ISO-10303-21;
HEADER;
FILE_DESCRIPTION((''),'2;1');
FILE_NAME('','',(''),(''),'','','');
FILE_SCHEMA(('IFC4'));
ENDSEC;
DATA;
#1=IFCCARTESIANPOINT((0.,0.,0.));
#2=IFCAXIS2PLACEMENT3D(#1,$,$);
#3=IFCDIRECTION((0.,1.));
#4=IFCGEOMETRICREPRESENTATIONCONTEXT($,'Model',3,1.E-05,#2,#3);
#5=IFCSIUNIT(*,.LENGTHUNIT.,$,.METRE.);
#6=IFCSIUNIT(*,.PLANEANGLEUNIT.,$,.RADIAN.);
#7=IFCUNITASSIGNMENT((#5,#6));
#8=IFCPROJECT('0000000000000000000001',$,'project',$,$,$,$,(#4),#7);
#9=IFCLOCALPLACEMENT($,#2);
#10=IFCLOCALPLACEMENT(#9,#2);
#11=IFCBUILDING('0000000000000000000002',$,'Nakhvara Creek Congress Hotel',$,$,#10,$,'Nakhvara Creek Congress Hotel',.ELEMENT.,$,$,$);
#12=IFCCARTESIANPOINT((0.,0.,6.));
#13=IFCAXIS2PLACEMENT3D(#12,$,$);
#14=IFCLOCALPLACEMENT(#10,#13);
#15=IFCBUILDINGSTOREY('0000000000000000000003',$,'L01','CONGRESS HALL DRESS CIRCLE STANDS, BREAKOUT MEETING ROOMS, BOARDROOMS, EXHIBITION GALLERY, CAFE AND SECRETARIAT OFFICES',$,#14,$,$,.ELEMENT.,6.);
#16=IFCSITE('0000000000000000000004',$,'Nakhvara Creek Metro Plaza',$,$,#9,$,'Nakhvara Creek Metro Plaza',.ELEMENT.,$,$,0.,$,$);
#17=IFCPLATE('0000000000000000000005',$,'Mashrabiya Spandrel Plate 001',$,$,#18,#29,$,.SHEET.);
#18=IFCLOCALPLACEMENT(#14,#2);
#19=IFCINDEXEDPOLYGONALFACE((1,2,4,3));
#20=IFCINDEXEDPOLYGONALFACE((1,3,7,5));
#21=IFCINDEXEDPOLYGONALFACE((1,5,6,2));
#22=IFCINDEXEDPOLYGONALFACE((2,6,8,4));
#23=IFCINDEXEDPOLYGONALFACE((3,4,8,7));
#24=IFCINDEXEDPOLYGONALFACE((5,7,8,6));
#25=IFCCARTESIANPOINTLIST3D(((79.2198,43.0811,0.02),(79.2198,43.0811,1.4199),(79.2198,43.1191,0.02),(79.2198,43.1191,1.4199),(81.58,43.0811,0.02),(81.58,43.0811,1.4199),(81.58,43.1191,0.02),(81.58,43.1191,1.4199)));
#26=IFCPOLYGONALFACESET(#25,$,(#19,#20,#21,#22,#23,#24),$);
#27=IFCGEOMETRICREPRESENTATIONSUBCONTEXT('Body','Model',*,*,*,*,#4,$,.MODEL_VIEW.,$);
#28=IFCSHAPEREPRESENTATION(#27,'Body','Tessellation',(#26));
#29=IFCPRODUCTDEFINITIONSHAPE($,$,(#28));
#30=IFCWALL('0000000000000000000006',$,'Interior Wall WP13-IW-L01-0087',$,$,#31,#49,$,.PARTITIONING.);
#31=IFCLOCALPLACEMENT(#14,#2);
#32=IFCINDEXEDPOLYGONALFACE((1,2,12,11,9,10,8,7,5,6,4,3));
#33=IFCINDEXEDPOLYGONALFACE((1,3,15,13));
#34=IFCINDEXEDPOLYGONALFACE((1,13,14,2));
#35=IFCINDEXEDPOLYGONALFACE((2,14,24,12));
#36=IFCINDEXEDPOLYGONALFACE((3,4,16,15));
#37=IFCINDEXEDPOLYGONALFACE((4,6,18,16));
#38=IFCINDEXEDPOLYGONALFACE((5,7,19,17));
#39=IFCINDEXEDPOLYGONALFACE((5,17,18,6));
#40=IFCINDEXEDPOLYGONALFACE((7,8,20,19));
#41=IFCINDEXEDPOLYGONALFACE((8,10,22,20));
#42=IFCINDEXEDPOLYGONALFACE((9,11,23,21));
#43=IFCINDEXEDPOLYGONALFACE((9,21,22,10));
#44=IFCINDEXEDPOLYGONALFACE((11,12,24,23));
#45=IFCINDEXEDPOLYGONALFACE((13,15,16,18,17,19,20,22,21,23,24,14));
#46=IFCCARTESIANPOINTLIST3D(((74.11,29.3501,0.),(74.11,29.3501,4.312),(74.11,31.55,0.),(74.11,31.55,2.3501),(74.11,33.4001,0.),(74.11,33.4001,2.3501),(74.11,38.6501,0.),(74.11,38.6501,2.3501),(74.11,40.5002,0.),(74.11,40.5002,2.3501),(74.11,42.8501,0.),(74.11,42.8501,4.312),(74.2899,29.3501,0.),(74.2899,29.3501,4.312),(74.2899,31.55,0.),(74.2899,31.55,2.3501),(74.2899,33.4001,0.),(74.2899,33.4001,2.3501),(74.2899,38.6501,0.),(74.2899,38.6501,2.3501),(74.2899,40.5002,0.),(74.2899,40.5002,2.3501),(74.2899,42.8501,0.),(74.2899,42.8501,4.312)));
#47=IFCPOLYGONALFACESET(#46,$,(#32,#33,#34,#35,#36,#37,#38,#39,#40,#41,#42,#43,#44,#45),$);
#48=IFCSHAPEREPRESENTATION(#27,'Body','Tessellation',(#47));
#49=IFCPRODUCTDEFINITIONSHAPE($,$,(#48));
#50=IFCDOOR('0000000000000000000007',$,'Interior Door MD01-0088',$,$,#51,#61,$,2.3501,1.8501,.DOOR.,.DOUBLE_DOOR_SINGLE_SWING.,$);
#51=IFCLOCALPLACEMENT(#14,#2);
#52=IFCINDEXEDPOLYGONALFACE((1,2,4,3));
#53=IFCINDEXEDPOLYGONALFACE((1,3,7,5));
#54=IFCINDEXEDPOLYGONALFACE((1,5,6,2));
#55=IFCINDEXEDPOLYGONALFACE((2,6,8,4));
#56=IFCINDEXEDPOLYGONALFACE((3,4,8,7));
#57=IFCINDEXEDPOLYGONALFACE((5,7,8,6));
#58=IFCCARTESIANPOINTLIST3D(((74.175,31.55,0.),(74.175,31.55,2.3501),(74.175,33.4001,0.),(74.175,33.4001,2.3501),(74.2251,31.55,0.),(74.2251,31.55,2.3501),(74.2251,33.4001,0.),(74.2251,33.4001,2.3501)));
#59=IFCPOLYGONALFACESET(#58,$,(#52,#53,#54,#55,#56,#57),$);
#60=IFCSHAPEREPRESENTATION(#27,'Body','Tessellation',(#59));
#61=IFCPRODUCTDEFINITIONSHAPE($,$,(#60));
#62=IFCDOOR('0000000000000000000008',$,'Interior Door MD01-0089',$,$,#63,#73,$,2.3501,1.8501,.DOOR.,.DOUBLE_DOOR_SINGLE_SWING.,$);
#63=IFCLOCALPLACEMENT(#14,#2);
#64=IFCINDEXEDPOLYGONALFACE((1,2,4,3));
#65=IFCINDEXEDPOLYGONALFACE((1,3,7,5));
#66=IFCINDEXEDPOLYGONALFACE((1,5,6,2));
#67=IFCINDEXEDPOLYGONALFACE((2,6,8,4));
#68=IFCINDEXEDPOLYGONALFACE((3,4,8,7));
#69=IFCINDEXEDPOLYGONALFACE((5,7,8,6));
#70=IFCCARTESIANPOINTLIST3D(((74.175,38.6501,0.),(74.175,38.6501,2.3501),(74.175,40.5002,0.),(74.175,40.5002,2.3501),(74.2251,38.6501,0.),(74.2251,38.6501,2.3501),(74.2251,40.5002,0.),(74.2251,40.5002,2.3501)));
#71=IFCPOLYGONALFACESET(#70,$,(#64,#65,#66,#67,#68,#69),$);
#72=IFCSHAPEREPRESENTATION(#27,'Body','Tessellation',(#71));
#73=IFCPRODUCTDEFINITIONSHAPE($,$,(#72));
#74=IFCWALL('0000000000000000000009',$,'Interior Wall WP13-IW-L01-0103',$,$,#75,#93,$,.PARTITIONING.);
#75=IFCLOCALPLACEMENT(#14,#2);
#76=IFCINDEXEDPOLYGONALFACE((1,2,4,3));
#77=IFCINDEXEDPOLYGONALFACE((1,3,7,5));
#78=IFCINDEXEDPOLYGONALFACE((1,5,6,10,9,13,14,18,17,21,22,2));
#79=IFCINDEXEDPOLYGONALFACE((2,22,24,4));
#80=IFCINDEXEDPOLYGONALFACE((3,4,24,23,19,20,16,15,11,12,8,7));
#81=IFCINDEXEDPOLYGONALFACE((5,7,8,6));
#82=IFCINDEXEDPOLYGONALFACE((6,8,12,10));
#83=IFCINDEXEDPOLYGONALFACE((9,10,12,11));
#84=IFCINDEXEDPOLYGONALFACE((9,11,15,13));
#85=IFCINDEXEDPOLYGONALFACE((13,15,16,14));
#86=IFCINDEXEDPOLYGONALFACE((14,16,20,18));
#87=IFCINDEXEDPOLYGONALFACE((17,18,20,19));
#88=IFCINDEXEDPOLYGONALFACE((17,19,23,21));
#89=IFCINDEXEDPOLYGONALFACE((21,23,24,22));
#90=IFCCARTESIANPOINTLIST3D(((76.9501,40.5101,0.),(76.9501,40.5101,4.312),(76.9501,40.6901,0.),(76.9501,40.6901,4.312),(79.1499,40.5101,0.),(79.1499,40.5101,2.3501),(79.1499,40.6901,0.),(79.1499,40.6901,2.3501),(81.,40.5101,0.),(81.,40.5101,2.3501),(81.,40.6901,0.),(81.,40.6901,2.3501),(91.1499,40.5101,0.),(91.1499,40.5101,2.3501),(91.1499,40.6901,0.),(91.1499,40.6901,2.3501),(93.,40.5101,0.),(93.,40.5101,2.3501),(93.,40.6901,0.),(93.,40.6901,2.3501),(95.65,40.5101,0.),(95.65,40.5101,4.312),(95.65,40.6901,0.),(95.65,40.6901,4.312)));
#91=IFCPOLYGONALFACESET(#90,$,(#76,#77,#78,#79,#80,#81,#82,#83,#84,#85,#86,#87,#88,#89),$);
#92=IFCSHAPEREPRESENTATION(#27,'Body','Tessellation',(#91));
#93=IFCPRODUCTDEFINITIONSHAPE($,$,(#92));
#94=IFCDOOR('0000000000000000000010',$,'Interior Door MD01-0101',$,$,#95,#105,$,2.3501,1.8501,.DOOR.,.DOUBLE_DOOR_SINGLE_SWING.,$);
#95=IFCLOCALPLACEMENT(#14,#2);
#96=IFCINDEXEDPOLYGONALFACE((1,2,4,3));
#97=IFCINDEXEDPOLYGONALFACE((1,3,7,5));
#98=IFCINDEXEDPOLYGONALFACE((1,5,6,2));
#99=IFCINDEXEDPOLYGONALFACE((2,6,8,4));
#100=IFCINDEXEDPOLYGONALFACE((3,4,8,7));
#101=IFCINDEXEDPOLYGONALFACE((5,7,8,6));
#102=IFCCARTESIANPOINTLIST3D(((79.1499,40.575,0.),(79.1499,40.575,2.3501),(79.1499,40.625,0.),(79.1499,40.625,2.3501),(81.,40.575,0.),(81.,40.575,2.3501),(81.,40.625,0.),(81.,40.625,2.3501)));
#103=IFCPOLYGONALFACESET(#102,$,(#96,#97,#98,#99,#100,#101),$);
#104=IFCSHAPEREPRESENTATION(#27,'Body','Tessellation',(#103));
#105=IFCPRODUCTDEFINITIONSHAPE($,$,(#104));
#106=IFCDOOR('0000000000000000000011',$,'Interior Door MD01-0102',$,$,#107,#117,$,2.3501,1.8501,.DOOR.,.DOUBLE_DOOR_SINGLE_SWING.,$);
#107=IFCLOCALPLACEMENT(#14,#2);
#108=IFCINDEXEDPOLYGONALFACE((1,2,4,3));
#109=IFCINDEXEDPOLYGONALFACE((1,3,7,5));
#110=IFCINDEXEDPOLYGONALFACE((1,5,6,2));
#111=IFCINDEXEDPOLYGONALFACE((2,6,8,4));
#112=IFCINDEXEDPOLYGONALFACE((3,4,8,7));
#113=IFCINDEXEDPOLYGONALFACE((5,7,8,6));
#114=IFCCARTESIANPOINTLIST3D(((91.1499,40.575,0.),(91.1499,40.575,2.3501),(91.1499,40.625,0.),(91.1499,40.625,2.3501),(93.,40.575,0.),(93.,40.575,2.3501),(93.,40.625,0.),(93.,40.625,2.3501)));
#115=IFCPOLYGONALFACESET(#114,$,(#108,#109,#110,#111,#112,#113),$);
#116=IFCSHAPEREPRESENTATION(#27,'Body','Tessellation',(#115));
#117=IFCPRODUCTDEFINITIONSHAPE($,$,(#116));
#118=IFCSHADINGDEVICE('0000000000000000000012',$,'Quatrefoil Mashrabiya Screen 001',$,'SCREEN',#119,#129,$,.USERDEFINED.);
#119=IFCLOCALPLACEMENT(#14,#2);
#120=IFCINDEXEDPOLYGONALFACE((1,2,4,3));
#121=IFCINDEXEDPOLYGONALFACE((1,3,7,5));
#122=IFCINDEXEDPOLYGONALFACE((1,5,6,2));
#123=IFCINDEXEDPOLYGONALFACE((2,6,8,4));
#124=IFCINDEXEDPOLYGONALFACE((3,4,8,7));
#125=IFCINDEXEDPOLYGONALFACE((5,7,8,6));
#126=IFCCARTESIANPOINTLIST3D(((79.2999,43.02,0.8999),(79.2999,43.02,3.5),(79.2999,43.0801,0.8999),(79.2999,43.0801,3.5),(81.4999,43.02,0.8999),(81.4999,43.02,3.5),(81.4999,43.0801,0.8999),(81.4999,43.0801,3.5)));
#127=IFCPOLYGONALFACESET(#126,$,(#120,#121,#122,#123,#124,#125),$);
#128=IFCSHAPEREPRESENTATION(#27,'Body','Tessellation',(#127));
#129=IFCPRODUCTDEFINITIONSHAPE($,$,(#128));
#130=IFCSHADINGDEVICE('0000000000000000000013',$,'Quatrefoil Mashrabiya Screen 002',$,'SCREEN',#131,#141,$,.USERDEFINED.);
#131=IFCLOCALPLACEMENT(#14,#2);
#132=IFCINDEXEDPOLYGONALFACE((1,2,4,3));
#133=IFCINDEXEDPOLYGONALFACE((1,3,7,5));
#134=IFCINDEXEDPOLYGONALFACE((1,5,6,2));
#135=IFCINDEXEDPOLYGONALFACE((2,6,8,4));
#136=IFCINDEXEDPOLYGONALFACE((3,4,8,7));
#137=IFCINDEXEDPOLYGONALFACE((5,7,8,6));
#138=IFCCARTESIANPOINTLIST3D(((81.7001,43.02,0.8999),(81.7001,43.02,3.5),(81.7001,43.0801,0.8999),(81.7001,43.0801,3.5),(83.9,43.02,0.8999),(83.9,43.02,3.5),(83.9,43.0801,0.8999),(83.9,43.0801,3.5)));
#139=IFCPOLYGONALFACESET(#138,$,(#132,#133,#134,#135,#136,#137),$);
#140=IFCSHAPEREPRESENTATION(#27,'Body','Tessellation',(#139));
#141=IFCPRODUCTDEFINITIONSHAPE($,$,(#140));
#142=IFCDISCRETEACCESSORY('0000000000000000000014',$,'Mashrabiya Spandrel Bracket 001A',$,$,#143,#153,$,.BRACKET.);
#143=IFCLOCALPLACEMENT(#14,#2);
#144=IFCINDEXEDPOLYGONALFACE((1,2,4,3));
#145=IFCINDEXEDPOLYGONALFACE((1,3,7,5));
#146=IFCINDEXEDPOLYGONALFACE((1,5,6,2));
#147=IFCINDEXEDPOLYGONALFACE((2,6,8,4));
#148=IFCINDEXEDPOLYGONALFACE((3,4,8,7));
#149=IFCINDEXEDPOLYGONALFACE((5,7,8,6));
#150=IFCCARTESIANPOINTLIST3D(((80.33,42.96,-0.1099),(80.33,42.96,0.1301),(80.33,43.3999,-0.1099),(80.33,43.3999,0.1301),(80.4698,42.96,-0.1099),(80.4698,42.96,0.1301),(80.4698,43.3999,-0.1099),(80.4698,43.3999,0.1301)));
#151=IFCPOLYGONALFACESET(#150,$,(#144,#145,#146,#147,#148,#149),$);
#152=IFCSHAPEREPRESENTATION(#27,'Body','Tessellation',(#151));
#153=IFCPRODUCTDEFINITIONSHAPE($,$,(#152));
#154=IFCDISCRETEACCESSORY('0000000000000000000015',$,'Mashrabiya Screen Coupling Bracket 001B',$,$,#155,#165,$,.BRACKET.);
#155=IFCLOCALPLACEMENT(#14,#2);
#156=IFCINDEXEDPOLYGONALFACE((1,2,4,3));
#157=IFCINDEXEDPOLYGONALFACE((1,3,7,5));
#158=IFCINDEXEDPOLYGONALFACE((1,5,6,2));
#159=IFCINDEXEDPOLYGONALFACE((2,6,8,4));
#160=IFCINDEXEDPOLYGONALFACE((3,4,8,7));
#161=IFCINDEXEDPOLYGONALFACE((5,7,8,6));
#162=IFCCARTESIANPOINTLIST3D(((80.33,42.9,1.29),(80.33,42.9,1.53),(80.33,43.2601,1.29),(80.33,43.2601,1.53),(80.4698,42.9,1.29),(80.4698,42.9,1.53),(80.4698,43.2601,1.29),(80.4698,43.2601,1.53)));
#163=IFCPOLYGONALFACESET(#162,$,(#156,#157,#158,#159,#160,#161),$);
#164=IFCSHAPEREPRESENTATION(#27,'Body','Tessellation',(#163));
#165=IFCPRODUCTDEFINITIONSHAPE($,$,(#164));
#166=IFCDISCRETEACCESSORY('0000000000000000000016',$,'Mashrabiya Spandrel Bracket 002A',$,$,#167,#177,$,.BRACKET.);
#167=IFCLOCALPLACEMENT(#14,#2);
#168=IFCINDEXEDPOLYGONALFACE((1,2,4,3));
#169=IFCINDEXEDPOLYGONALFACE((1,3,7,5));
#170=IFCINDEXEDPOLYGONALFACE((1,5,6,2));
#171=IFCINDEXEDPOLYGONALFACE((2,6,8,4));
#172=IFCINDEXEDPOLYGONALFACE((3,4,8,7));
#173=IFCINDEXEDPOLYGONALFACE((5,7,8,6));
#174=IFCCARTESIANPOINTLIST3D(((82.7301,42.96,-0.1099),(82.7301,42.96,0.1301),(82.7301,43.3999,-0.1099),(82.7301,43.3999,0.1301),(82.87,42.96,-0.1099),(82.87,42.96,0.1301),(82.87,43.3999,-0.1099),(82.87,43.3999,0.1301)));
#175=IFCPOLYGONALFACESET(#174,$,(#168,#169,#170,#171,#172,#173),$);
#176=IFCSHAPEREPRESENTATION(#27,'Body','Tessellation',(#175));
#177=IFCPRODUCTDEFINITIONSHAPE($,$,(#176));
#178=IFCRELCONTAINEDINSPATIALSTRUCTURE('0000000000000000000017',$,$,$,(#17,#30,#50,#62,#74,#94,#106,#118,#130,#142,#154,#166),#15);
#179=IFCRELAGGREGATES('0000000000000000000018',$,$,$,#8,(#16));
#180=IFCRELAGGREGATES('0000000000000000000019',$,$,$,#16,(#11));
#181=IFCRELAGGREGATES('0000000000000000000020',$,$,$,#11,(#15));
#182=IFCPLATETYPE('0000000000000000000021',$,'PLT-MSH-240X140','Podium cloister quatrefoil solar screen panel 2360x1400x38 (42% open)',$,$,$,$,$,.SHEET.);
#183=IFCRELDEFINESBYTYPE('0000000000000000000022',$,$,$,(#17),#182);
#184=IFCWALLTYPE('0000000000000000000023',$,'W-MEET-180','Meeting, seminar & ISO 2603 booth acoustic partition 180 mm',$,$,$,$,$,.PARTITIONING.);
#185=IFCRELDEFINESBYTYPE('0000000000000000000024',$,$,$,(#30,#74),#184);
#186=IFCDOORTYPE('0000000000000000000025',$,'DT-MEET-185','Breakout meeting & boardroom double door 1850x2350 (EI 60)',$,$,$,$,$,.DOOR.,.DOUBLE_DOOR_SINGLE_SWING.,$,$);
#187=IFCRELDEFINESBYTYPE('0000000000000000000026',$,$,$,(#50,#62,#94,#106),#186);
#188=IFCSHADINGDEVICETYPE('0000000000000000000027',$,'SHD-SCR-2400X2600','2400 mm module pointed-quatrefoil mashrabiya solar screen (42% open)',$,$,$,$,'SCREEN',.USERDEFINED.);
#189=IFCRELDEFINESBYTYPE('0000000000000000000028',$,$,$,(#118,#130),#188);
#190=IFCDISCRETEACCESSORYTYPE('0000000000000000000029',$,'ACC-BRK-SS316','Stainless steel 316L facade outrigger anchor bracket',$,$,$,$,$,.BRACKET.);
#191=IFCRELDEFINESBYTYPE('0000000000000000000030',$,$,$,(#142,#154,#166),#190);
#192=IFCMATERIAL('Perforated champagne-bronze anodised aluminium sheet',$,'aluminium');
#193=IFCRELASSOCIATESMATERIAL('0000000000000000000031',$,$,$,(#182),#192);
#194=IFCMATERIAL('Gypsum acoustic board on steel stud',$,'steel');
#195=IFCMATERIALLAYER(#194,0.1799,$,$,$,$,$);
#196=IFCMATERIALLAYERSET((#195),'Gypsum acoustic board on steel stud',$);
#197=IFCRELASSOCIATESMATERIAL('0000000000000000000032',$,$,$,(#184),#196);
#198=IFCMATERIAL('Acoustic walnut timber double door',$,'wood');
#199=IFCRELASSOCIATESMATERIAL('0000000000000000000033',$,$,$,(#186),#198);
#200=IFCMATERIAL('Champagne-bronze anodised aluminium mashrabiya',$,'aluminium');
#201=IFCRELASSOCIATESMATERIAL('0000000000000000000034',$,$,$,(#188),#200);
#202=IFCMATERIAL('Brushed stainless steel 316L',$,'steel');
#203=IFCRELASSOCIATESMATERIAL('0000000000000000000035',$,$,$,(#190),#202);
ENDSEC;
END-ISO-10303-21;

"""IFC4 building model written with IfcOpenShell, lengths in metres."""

from ifc_helpers import new_model, si_unit, direction, frame, frame_2d, origin, origin_2d, place, context, subcontext, project, spatial, rectangle, extrude, material, layer, layer_set, type_object, element, fill, save


model = new_model("IFC4")

# Units and contexts
model_context = context("Model", 3, precision=1e-05, world=origin(), true_north=direction((0.0, 1.0)))
body_context = subcontext(model_context, "Body", "Model", "MODEL_VIEW")
ifc_project = project(units=[si_unit("LENGTHUNIT", "METRE"), si_unit("PLANEANGLEUNIT", "RADIAN")], contexts=[model_context])

# Site, building, storey
site_placement = place(None, origin())
site = spatial("IfcSite", under=ifc_project, at=site_placement, Name="Nakhvara Creek Metro Plaza", LongName="Nakhvara Creek Metro Plaza", CompositionType="ELEMENT", RefElevation=0.0)
building_placement = place(site_placement, origin())
building = spatial("IfcBuilding", under=site, at=building_placement, Name="Nakhvara Creek Congress Hotel", LongName="Nakhvara Creek Congress Hotel", CompositionType="ELEMENT")
storey_placement = place(building_placement, frame((0.0, 0.0, 6.0)))
storey = spatial("IfcBuildingStorey", under=building, at=storey_placement, Name="L01", Description="CONGRESS HALL DRESS CIRCLE STANDS, BREAKOUT MEETING ROOMS, BOARDROOMS, EXHIBITION GALLERY, CAFE AND SECRETARIAT OFFICES", CompositionType="ELEMENT", Elevation=6.0)

# Plate
ifc_material_1 = material(Name="Perforated champagne-bronze anodised aluminium sheet", Category="aluminium")
plate_type_1 = type_object("IfcPlateType", Name="PLT-MSH-240X140", Description="Podium cloister quatrefoil solar screen panel 2360x1400x38 (42% open)", PredefinedType="SHEET", material=ifc_material_1)
plate_1_placement = place(storey_placement, frame((80.3999, 43.1001, 0.02), z_axis=(0.0, 0.0, 1.0), x_axis=(1.0, 0.0, 0.0)))
element("IfcPlate", 1, at=plate_1_placement, inside=storey, type_object=plate_type_1, Name="Mashrabiya Spandrel Plate 001", PredefinedType="SHEET", context=body_context, shape_type="SweptSolid", body=[
    extrude(rectangle(XDim=2.3601, YDim=0.0381, at=origin_2d()), origin(), (0.0, 0.0, 1.0), 1.3999),
])

# Walls, openings, doors
ifc_material_2 = material(Name="Gypsum acoustic board on steel stud", Category="steel")
ifc_layer = layer(ifc_material_2, 0.1799)
ifc_layer_set = layer_set([ifc_layer], Name="Gypsum acoustic board on steel stud")
wall_type = type_object("IfcWallType", Name="W-MEET-180", Description="Meeting, seminar & ISO 2603 booth acoustic partition 180 mm", PredefinedType="PARTITIONING", material=ifc_layer_set)
wall_1_placement = place(storey_placement, frame((74.2, 29.3501, 0.0), z_axis=(0.0, 0.0, 1.0), x_axis=(0.0, 1.0, 0.0)))
wall_1 = element("IfcWall", 2, at=wall_1_placement, inside=storey, type_object=wall_type, Name="Interior Wall WP13-IW-L01-0087", PredefinedType="PARTITIONING", context=body_context, shape_type="SweptSolid", body=[
    extrude(rectangle(XDim=13.5, YDim=0.1799, at=frame_2d((6.75, 0.0))), origin(), (0.0, 0.0, 1.0), 4.312),
])
opening_1_placement = place(wall_1_placement, frame((2.2, 0.0, 0.0)))
opening_1 = element("IfcOpeningElement", 3, at=opening_1_placement, cuts=wall_1, PredefinedType="OPENING", context=body_context, shape_type="SweptSolid", body=[
    extrude(rectangle(XDim=1.8501, YDim=2.3501, at=frame_2d((0.925, 1.175))), frame((0.0, 0.1021, 0.0), z_axis=(0.0, -1.0, 0.0), x_axis=(1.0, 0.0, 0.0)), (0.0, 0.0, 1.0), 0.2039),
])
opening_2_placement = place(wall_1_placement, frame((9.3, 0.0, 0.0)))
opening_2 = element("IfcOpeningElement", 4, at=opening_2_placement, cuts=wall_1, PredefinedType="OPENING", context=body_context, shape_type="SweptSolid", body=[
    extrude(rectangle(XDim=1.8501, YDim=2.3501, at=frame_2d((0.925, 1.175))), frame((0.0, 0.1021, 0.0), z_axis=(0.0, -1.0, 0.0), x_axis=(1.0, 0.0, 0.0)), (0.0, 0.0, 1.0), 0.2039),
])
ifc_material_3 = material(Name="Acoustic walnut timber double door", Category="wood")
door_type = type_object("IfcDoorType", Name="DT-MEET-185", Description="Breakout meeting & boardroom double door 1850x2350 (EI 60)", OperationType="DOUBLE_DOOR_SINGLE_SWING", PredefinedType="DOOR", material=ifc_material_3)
door_1_placement = place(opening_1_placement, origin())
door_1 = element("IfcDoor", 5, at=door_1_placement, inside=storey, type_object=door_type, Name="Interior Door MD01-0088", OperationType="DOUBLE_DOOR_SINGLE_SWING", OverallHeight=2.3501, OverallWidth=1.8501, PredefinedType="DOOR", context=body_context, shape_type="SweptSolid", body=[
    extrude(rectangle(XDim=1.8501, YDim=2.3501, at=frame_2d((0.925, 1.175))), frame((0.0, 0.0249, 0.0), z_axis=(0.0, -1.0, 0.0), x_axis=(1.0, 0.0, 0.0)), (0.0, 0.0, 1.0), 0.05),
])
fill(opening_1, door_1)
door_2_placement = place(opening_2_placement, origin())
door_2 = element("IfcDoor", 6, at=door_2_placement, inside=storey, type_object=door_type, Name="Interior Door MD01-0089", OperationType="DOUBLE_DOOR_SINGLE_SWING", OverallHeight=2.3501, OverallWidth=1.8501, PredefinedType="DOOR", context=body_context, shape_type="SweptSolid", body=[
    extrude(rectangle(XDim=1.8501, YDim=2.3501, at=frame_2d((0.925, 1.175))), frame((0.0, 0.0249, 0.0), z_axis=(0.0, -1.0, 0.0), x_axis=(1.0, 0.0, 0.0)), (0.0, 0.0, 1.0), 0.05),
])
fill(opening_2, door_2)
wall_2_placement = place(storey_placement, frame((76.95, 40.6001, 0.0), z_axis=(0.0, 0.0, 1.0), x_axis=(1.0, 0.0, 0.0)))
wall_2 = element("IfcWall", 7, at=wall_2_placement, inside=storey, type_object=wall_type, Name="Interior Wall WP13-IW-L01-0103", PredefinedType="PARTITIONING", context=body_context, shape_type="SweptSolid", body=[
    extrude(rectangle(XDim=18.7, YDim=0.1799, at=frame_2d((9.3501, 0.0))), origin(), (0.0, 0.0, 1.0), 4.312),
])
opening_3_placement = place(wall_2_placement, frame((2.2, 0.0, 0.0)))
opening_3 = element("IfcOpeningElement", 8, at=opening_3_placement, cuts=wall_2, PredefinedType="OPENING", context=body_context, shape_type="SweptSolid", body=[
    extrude(rectangle(XDim=1.8501, YDim=2.3501, at=frame_2d((0.925, 1.175))), frame((0.0, 0.1021, 0.0), z_axis=(0.0, -1.0, 0.0), x_axis=(1.0, 0.0, 0.0)), (0.0, 0.0, 1.0), 0.2039),
])
opening_4_placement = place(wall_2_placement, frame((14.2, 0.0, 0.0)))
opening_4 = element("IfcOpeningElement", 9, at=opening_4_placement, cuts=wall_2, PredefinedType="OPENING", context=body_context, shape_type="SweptSolid", body=[
    extrude(rectangle(XDim=1.8501, YDim=2.3501, at=frame_2d((0.925, 1.175))), frame((0.0, 0.1021, 0.0), z_axis=(0.0, -1.0, 0.0), x_axis=(1.0, 0.0, 0.0)), (0.0, 0.0, 1.0), 0.2039),
])
door_3_placement = place(opening_3_placement, origin())
door_3 = element("IfcDoor", 10, at=door_3_placement, inside=storey, type_object=door_type, Name="Interior Door MD01-0101", OperationType="DOUBLE_DOOR_SINGLE_SWING", OverallHeight=2.3501, OverallWidth=1.8501, PredefinedType="DOOR", context=body_context, shape_type="SweptSolid", body=[
    extrude(rectangle(XDim=1.8501, YDim=2.3501, at=frame_2d((0.925, 1.175))), frame((0.0, 0.0249, 0.0), z_axis=(0.0, -1.0, 0.0), x_axis=(1.0, 0.0, 0.0)), (0.0, 0.0, 1.0), 0.05),
])
fill(opening_3, door_3)
door_4_placement = place(opening_4_placement, origin())
door_4 = element("IfcDoor", 11, at=door_4_placement, inside=storey, type_object=door_type, Name="Interior Door MD01-0102", OperationType="DOUBLE_DOOR_SINGLE_SWING", OverallHeight=2.3501, OverallWidth=1.8501, PredefinedType="DOOR", context=body_context, shape_type="SweptSolid", body=[
    extrude(rectangle(XDim=1.8501, YDim=2.3501, at=frame_2d((0.925, 1.175))), frame((0.0, 0.0249, 0.0), z_axis=(0.0, -1.0, 0.0), x_axis=(1.0, 0.0, 0.0)), (0.0, 0.0, 1.0), 0.05),
])
fill(opening_4, door_4)

# Shared definitions
ifc_material_4 = material(Name="Brushed stainless steel 316L", Category="steel")

# Shading devices
ifc_material_5 = material(Name="Champagne-bronze anodised aluminium mashrabiya", Category="aluminium")
shading_device_type = type_object("IfcShadingDeviceType", Name="SHD-SCR-2400X2600", Description="2400 mm module pointed-quatrefoil mashrabiya solar screen (42% open)", ElementType="SCREEN", PredefinedType="USERDEFINED", material=ifc_material_5)
for number, where, z_axis, x_axis, name in (
    (12, (80.3999, 43.05, 0.8999), (0.0, 0.0, 1.0), (1.0, 0.0, 0.0), "Quatrefoil Mashrabiya Screen 001"),
    (13, (82.8, 43.05, 0.8999), (0.0, 0.0, 1.0), (1.0, 0.0, 0.0), "Quatrefoil Mashrabiya Screen 002"),
):
    element("IfcShadingDevice", number, at=place(storey_placement, frame(where, z_axis=z_axis, x_axis=x_axis)), inside=storey, type_object=shading_device_type, Name=name, ObjectType="SCREEN", PredefinedType="USERDEFINED", context=body_context, shape_type="SweptSolid", body=[
        extrude(rectangle(XDim=2.2, YDim=0.0601, at=origin_2d()), origin(), (0.0, 0.0, 1.0), 2.6001),
    ])

# Discrete accessories
discrete_accessory_type = type_object("IfcDiscreteAccessoryType", Name="ACC-BRK-SS316", Description="Stainless steel 316L facade outrigger anchor bracket", PredefinedType="BRACKET", material=ifc_material_4)
discrete_accessory_1_placement = place(storey_placement, frame((80.3999, 43.1799, -0.1099), z_axis=(0.0, 0.0, 1.0), x_axis=(1.0, 0.0, 0.0)))
element("IfcDiscreteAccessory", 14, at=discrete_accessory_1_placement, inside=storey, type_object=discrete_accessory_type, Name="Mashrabiya Spandrel Bracket 001A", PredefinedType="BRACKET", context=body_context, shape_type="SweptSolid", body=[
    extrude(rectangle(XDim=0.1399, YDim=0.4399, at=origin_2d()), origin(), (0.0, 0.0, 1.0), 0.24),
])
discrete_accessory_2_placement = place(storey_placement, frame((80.3999, 43.0801, 1.29), z_axis=(0.0, 0.0, 1.0), x_axis=(1.0, 0.0, 0.0)))
element("IfcDiscreteAccessory", 15, at=discrete_accessory_2_placement, inside=storey, type_object=discrete_accessory_type, Name="Mashrabiya Screen Coupling Bracket 001B", PredefinedType="BRACKET", context=body_context, shape_type="SweptSolid", body=[
    extrude(rectangle(XDim=0.1399, YDim=0.3601, at=origin_2d()), origin(), (0.0, 0.0, 1.0), 0.24),
])
discrete_accessory_3_placement = place(storey_placement, frame((82.8, 43.1799, -0.1099), z_axis=(0.0, 0.0, 1.0), x_axis=(1.0, 0.0, 0.0)))
element("IfcDiscreteAccessory", 16, at=discrete_accessory_3_placement, inside=storey, type_object=discrete_accessory_type, Name="Mashrabiya Spandrel Bracket 002A", PredefinedType="BRACKET", context=body_context, shape_type="SweptSolid", body=[
    extrude(rectangle(XDim=0.1399, YDim=0.4399, at=origin_2d()), origin(), (0.0, 0.0, 1.0), 0.24),
])

save(model, "model.ifc")
